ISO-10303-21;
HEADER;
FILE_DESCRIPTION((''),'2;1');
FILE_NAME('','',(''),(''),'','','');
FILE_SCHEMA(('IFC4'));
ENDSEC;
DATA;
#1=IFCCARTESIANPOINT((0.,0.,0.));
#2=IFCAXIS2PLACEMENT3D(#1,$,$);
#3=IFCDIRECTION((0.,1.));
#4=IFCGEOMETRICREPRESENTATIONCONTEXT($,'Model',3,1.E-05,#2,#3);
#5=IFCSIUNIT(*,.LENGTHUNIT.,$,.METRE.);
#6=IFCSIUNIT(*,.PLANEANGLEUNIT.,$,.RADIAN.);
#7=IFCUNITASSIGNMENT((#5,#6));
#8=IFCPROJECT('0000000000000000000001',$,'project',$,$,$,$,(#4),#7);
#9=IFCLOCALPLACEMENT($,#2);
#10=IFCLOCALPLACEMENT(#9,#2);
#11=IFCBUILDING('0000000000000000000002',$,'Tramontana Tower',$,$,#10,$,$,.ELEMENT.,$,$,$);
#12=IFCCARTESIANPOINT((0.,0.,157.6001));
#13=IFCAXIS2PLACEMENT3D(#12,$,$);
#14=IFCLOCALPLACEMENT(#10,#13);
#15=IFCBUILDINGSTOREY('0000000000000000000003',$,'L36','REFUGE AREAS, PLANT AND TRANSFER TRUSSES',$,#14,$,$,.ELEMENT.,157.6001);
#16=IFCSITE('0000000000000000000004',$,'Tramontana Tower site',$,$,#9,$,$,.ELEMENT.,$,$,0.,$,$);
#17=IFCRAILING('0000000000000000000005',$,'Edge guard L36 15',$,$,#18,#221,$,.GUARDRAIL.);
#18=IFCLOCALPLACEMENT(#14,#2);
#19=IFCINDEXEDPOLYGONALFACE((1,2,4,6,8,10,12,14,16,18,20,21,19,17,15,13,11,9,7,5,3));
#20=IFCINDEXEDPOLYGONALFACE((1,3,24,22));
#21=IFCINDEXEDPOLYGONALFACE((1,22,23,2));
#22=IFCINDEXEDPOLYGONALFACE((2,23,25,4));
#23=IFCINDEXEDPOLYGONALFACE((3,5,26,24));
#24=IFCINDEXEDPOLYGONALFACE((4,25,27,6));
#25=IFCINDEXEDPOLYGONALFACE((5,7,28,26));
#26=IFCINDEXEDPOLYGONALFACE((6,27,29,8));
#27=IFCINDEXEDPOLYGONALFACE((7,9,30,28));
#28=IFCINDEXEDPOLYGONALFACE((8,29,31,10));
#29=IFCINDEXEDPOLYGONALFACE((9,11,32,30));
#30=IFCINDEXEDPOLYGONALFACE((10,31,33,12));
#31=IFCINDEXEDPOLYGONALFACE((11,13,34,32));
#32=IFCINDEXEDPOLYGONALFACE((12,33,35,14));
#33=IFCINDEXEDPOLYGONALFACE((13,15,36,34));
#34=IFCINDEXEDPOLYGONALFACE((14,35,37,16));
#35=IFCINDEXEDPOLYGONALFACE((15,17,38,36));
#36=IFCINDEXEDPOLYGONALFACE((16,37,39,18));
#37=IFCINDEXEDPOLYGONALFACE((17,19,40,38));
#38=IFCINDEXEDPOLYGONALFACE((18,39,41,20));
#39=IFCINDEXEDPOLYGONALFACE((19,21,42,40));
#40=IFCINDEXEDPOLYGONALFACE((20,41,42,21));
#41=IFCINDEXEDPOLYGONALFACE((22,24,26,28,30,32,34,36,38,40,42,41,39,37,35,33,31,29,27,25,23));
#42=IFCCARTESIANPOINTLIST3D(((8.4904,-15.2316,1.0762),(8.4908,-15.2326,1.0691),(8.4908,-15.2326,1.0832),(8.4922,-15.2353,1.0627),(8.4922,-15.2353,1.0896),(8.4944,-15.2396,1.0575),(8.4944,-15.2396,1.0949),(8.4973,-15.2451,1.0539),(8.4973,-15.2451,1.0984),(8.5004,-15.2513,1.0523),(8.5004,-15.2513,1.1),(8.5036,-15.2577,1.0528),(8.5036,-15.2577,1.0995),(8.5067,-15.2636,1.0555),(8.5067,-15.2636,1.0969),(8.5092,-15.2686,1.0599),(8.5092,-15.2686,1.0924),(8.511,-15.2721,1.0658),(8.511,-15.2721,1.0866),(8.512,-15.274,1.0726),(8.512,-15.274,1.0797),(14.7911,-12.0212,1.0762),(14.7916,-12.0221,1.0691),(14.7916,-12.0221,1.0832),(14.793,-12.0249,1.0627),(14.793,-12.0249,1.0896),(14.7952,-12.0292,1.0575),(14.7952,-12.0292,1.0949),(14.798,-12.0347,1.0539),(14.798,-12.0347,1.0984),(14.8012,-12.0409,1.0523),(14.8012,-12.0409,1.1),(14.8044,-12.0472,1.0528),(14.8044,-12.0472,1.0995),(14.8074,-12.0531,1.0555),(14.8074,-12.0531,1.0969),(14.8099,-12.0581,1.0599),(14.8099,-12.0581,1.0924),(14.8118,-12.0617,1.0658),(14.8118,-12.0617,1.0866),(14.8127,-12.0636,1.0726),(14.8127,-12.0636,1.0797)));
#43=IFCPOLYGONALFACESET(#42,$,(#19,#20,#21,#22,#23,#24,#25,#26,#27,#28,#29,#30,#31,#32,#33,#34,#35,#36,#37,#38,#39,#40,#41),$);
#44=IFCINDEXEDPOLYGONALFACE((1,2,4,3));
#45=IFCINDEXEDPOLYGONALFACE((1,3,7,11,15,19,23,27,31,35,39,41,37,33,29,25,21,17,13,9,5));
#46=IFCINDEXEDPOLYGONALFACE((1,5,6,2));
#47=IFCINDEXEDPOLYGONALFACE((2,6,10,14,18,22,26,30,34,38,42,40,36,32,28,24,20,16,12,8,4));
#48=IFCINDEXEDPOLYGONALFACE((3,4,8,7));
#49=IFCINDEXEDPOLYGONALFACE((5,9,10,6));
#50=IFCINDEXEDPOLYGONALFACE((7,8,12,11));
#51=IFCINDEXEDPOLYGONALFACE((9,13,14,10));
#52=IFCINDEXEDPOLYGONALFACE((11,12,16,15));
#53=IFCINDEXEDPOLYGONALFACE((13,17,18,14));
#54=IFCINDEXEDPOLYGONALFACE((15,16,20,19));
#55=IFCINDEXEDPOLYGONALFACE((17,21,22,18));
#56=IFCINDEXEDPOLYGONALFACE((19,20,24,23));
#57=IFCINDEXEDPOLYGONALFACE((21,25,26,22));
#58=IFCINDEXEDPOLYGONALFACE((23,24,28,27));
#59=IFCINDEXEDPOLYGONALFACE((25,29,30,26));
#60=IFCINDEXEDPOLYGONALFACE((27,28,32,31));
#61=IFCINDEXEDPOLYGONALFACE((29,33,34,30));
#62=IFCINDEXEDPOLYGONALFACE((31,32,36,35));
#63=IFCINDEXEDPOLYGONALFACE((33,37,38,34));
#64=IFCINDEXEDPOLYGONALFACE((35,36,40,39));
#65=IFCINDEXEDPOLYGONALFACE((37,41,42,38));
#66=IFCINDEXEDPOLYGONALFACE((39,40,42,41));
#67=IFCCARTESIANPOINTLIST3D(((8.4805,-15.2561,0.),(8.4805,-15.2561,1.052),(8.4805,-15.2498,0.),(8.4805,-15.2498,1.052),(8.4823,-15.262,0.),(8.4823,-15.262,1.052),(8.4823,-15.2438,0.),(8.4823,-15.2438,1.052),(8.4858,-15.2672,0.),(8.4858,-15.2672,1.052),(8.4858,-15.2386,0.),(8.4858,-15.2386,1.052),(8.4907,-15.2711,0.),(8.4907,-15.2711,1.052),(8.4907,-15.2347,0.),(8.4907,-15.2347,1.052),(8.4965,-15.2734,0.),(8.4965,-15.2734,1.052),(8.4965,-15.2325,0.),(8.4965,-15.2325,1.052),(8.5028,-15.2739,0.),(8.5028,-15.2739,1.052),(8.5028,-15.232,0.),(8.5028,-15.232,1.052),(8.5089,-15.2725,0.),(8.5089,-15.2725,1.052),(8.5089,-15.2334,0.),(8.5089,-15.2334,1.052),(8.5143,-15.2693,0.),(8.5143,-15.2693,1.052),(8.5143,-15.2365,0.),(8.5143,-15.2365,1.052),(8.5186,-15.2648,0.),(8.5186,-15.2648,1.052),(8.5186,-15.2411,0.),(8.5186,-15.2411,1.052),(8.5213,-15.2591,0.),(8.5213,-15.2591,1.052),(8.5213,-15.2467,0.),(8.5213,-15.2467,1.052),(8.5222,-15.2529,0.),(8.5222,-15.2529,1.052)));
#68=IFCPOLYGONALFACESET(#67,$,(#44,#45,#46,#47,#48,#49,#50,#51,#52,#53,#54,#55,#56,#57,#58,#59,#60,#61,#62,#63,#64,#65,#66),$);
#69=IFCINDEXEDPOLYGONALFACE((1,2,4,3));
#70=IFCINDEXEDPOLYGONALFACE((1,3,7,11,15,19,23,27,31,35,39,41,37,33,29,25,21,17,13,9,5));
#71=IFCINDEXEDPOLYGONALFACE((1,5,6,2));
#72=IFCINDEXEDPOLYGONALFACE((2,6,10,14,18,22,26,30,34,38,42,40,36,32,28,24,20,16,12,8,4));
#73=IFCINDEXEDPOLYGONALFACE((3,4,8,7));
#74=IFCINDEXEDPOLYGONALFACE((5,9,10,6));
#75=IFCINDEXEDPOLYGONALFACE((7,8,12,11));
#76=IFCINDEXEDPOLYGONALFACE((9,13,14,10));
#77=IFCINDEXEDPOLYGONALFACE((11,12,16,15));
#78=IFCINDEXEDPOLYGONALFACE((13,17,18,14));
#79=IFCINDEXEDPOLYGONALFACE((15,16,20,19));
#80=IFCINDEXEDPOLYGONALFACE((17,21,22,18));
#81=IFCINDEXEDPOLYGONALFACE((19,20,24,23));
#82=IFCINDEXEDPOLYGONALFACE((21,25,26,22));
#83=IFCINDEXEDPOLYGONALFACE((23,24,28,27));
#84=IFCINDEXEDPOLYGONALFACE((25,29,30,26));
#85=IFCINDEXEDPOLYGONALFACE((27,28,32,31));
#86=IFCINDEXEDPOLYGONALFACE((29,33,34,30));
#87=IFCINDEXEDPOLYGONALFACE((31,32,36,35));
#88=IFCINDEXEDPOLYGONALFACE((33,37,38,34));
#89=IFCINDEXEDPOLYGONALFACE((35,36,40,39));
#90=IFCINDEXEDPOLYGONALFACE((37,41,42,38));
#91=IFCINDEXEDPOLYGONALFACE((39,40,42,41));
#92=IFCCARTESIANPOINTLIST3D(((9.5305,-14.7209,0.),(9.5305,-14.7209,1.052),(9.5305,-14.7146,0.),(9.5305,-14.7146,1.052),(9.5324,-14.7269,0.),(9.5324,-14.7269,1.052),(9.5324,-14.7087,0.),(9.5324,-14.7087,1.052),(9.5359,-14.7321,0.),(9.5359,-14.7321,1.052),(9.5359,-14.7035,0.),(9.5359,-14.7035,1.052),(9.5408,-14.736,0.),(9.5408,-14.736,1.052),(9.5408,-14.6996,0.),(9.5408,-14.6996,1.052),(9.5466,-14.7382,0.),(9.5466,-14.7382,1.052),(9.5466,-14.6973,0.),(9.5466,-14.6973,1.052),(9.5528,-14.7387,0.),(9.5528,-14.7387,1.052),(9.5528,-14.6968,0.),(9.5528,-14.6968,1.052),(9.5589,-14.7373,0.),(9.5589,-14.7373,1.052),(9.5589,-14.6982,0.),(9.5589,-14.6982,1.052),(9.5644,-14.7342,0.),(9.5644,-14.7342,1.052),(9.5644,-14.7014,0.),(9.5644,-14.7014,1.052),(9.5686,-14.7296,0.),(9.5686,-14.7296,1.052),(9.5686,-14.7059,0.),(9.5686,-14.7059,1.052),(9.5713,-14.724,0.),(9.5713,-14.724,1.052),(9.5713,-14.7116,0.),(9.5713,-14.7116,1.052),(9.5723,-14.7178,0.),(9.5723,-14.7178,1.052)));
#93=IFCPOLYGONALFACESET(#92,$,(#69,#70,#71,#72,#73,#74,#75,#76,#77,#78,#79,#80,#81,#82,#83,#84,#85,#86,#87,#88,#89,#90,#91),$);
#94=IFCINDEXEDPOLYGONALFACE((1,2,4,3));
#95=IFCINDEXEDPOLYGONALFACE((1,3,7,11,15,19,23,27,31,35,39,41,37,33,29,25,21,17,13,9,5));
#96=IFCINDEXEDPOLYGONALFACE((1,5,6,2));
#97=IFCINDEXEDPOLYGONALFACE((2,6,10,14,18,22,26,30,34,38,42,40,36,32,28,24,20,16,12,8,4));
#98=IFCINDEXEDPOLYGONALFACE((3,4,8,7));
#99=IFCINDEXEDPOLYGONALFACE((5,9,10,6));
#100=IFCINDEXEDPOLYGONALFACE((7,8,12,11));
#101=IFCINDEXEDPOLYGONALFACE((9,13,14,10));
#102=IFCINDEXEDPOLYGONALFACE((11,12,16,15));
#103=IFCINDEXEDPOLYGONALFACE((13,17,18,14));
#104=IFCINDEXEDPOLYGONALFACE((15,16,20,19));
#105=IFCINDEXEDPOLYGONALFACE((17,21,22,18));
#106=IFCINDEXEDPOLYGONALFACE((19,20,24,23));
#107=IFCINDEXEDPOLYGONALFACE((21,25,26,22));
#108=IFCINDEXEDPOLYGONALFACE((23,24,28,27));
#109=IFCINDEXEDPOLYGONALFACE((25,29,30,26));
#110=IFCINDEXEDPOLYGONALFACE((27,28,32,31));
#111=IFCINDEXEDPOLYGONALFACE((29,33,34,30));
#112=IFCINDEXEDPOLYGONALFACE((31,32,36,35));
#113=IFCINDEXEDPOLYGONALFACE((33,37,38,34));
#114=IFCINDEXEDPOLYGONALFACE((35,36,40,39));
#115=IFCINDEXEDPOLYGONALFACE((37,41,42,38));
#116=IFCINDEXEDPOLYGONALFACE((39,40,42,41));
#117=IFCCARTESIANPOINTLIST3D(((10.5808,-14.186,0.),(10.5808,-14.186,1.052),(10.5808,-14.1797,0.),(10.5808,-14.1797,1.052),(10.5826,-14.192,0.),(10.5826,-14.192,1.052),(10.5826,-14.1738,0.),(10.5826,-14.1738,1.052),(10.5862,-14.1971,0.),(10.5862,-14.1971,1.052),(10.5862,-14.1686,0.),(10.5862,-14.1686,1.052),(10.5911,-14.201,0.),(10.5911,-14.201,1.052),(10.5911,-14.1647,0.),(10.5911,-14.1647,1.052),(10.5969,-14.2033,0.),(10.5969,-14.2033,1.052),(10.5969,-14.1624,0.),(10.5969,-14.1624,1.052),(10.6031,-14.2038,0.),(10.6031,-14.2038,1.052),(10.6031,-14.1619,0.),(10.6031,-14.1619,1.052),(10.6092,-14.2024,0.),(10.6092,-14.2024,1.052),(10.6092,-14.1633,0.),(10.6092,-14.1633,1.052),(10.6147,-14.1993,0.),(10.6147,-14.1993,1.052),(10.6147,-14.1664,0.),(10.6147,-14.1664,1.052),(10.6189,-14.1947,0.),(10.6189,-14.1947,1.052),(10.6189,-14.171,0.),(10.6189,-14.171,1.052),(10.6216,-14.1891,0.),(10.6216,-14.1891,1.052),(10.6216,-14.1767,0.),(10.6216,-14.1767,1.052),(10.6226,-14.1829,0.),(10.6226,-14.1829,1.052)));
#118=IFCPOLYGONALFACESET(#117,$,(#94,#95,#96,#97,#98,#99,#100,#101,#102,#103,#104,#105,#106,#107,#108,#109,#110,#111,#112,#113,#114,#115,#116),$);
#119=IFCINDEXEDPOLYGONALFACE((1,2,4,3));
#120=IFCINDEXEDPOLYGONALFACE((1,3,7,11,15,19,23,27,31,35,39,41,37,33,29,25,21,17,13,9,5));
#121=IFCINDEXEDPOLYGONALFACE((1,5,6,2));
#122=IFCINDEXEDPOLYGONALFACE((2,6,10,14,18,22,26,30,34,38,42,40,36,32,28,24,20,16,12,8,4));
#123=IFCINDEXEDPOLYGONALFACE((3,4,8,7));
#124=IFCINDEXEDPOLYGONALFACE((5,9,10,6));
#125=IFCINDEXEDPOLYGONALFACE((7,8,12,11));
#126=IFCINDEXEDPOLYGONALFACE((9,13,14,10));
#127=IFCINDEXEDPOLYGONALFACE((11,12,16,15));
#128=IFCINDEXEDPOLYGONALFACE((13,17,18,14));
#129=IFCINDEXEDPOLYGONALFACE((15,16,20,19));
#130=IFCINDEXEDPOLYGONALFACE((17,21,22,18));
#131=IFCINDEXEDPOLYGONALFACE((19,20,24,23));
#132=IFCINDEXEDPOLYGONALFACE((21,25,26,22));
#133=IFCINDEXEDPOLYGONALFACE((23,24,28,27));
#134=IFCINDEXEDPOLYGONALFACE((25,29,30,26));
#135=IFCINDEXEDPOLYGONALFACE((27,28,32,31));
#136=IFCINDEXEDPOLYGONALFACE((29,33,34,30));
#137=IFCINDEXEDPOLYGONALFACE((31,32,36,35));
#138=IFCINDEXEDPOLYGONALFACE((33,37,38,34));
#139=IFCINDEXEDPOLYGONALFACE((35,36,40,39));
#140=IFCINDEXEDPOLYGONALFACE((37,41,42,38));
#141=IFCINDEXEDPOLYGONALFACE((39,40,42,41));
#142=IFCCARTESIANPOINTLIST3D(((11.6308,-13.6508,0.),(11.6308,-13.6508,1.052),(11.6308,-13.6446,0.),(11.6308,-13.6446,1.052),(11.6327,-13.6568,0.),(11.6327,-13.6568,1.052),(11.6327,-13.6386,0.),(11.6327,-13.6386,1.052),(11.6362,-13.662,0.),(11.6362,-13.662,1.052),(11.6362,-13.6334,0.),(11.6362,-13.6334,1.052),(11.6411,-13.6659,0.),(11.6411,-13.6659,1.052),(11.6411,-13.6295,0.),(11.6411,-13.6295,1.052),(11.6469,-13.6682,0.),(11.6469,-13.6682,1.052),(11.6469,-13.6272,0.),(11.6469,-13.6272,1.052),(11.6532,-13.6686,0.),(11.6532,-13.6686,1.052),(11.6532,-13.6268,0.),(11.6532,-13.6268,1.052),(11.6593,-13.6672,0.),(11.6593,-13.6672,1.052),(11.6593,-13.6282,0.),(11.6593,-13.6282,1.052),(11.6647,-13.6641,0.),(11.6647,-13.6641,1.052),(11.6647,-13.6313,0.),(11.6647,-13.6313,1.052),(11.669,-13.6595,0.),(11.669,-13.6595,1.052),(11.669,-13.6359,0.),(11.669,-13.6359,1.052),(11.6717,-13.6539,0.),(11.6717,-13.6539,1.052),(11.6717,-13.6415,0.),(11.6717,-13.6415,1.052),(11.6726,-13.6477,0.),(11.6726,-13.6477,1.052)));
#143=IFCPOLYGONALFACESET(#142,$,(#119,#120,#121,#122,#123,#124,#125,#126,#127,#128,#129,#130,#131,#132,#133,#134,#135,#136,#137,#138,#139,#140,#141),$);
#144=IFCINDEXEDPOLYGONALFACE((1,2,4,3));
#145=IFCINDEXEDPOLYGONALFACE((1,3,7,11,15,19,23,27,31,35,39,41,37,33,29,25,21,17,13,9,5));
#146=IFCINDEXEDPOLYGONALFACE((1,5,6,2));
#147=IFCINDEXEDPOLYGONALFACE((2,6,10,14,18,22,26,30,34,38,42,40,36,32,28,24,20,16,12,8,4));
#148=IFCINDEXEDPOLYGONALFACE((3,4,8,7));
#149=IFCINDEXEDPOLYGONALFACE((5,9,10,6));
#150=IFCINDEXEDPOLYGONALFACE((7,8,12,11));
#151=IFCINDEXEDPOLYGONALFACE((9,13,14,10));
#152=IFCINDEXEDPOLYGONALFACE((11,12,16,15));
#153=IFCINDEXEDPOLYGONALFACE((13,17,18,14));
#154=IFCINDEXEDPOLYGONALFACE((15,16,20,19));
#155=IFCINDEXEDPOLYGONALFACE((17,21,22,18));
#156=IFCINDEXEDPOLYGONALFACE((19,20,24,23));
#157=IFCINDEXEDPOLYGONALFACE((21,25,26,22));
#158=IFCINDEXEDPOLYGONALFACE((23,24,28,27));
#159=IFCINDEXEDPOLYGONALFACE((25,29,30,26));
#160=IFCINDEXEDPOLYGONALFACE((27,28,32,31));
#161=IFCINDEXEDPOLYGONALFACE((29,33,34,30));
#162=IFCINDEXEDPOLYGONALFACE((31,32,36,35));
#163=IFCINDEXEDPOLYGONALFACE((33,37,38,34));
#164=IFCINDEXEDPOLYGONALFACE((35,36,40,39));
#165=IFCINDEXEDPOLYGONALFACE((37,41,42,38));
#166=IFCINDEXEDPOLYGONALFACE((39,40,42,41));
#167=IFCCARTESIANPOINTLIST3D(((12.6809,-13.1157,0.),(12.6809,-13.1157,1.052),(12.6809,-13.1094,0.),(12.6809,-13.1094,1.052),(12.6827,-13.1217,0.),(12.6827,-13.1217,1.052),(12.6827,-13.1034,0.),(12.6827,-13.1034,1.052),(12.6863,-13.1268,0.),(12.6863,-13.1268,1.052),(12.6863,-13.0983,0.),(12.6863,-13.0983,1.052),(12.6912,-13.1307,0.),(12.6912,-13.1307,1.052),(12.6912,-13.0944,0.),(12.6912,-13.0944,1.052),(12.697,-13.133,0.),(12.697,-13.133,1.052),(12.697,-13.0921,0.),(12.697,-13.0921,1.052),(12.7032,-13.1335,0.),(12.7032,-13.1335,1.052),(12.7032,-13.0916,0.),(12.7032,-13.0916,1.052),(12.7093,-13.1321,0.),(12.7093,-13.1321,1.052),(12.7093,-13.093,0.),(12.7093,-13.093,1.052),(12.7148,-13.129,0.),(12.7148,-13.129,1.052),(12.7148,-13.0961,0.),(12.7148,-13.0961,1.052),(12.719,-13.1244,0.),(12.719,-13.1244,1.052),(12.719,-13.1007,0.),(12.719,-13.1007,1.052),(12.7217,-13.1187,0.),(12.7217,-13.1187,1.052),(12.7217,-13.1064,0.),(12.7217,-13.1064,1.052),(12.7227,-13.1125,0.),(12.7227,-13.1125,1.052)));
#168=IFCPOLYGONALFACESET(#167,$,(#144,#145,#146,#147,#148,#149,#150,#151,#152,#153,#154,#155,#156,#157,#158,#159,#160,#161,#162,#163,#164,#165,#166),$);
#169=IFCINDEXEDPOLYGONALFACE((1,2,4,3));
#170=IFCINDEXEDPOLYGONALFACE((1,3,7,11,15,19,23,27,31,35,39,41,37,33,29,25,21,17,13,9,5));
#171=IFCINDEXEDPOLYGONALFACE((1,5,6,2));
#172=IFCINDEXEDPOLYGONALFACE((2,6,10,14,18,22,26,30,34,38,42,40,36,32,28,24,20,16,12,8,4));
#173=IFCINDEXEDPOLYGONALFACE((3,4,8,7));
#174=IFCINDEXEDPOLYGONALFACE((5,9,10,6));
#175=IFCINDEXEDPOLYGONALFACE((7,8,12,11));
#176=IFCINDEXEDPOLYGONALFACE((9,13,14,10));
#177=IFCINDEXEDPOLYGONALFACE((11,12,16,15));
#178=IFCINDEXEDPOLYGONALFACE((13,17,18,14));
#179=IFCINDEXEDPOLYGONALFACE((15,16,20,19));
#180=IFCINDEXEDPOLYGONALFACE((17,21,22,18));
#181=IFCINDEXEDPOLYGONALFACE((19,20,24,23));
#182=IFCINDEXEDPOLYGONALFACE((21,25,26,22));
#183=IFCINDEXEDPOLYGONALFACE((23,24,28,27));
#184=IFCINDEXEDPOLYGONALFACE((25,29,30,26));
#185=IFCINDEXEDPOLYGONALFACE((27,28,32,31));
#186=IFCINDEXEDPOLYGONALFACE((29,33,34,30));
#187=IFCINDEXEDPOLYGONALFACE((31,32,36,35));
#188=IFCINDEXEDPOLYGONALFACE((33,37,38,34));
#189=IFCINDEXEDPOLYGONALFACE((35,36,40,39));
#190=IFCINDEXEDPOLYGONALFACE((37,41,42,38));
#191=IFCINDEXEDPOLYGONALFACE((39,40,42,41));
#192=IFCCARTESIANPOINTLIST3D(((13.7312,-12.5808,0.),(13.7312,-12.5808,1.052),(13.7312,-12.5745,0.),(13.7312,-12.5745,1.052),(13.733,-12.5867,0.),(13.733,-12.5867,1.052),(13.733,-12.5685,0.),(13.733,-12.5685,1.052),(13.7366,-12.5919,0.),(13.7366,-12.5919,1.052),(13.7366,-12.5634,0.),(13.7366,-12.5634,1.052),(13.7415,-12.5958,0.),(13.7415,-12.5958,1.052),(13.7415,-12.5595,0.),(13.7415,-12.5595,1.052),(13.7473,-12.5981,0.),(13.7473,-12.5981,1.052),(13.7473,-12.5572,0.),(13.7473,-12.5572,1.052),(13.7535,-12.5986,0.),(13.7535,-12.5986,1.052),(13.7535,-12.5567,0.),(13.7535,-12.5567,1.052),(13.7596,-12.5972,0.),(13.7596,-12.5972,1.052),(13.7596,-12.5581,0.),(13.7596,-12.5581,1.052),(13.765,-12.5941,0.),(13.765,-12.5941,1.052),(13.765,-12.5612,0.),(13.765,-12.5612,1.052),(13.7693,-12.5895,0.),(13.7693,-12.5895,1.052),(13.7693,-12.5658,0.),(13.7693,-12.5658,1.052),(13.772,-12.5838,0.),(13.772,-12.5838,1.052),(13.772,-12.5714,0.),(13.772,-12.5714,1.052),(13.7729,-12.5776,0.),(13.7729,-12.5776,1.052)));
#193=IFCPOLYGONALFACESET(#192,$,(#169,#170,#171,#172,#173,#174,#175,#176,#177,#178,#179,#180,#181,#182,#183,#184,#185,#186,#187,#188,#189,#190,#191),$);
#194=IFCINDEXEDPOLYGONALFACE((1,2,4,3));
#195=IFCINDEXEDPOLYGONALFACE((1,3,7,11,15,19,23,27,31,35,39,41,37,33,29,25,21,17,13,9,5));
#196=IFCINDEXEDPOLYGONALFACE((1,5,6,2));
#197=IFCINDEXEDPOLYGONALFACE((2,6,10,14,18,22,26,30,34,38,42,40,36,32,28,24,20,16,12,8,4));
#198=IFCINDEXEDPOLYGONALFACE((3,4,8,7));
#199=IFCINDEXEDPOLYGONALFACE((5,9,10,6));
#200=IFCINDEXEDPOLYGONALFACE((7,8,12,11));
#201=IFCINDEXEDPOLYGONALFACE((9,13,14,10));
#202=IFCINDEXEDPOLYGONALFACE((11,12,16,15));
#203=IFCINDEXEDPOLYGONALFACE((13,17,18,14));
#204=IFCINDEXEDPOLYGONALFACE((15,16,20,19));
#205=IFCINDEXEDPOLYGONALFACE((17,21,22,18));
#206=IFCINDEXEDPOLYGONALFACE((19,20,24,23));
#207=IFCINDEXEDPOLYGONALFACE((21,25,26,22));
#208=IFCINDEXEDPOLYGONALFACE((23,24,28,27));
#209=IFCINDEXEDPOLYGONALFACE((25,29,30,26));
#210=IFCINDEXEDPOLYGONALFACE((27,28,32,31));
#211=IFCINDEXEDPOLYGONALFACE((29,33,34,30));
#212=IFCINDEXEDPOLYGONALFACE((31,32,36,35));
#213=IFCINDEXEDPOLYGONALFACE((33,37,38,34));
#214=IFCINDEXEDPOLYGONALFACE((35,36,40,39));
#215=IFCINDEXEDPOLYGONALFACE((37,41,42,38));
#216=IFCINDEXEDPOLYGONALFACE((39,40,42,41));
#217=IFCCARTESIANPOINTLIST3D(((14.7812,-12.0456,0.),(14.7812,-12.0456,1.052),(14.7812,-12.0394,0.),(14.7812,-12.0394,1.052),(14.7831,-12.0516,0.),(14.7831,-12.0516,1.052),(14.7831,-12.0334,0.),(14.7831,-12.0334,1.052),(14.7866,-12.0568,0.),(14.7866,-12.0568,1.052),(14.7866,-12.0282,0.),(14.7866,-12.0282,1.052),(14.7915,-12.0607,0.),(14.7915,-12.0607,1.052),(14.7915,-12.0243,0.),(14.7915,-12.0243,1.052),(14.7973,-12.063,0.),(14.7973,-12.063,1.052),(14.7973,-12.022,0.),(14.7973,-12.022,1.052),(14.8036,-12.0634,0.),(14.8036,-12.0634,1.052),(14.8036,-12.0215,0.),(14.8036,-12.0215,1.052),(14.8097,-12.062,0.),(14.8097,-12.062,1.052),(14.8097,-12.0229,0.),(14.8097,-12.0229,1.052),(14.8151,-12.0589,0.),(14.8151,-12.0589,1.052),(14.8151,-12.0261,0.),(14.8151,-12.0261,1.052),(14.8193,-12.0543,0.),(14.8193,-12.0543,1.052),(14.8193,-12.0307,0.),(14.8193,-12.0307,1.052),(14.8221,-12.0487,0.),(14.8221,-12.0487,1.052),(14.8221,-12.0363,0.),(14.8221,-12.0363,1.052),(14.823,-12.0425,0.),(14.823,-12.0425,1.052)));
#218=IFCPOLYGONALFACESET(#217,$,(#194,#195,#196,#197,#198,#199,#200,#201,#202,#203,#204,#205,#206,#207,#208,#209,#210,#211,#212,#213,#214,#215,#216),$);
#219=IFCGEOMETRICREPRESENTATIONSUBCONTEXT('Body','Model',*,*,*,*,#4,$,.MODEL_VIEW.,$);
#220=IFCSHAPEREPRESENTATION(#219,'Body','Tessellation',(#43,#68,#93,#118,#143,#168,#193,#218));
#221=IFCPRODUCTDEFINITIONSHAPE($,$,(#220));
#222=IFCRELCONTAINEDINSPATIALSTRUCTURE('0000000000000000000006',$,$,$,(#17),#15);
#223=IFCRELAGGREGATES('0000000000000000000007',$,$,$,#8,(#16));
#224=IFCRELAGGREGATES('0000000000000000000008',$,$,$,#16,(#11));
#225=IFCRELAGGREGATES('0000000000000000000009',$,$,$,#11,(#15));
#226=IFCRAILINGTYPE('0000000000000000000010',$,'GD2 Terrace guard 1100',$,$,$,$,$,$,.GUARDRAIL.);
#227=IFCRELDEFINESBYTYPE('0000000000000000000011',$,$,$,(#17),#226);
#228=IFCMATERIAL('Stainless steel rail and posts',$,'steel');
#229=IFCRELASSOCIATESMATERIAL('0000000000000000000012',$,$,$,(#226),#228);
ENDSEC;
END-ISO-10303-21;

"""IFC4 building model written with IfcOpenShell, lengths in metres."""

from ifc_helpers import new_model, si_unit, direction, frame, origin, origin_2d, place, context, subcontext, project, spatial, circle, extrude, material, type_object, element, save


model = new_model("IFC4")

# Units and contexts
model_context = context("Model", 3, precision=1e-05, world=origin(), true_north=direction((0.0, 1.0)))
body_context = subcontext(model_context, "Body", "Model", "MODEL_VIEW")
ifc_project = project(units=[si_unit("LENGTHUNIT", "METRE"), si_unit("PLANEANGLEUNIT", "RADIAN")], contexts=[model_context])

# Site, building, storey
site_placement = place(None, origin())
site = spatial("IfcSite", under=ifc_project, at=site_placement, Name="Tramontana Tower site", CompositionType="ELEMENT", RefElevation=0.0)
building_placement = place(site_placement, origin())
building = spatial("IfcBuilding", under=site, at=building_placement, Name="Tramontana Tower", CompositionType="ELEMENT")
storey_placement = place(building_placement, frame((0.0, 0.0, 157.6001)))
storey = spatial("IfcBuildingStorey", under=building, at=storey_placement, Name="L36", Description="REFUGE AREAS, PLANT AND TRANSFER TRUSSES", CompositionType="ELEMENT", Elevation=157.6001)

# Railing
ifc_material_1 = material(Name="Stainless steel rail and posts", Category="steel")
railing_type_1 = type_object("IfcRailingType", Name="GD2 Terrace guard 1100", PredefinedType="GUARDRAIL", material=ifc_material_1)
railing_placement = place(storey_placement, frame((8.5012, -15.2529, 0.0)))
element("IfcRailing", 1, at=railing_placement, inside=storey, type_object=railing_type_1, Name="Edge guard L36 15", PredefinedType="GUARDRAIL", context=body_context, shape_type="SweptSolid", body=[
    extrude(circle(Radius=0.0239, at=origin_2d()), frame((0.0, 0.0, 1.0762), z_axis=(0.891004, 0.453995, 0.0), x_axis=(-0.453995, 0.891004, 0.0)), (0.0, 0.0, 1.0), 7.0715),
    extrude(circle(Radius=0.021, at=origin_2d()), origin(), (0.0, 0.0, 1.0), 1.052),
    extrude(circle(Radius=0.021, at=origin_2d()), frame((1.05, 0.5352, 0.0)), (0.0, 0.0, 1.0), 1.052),
    extrude(circle(Radius=0.021, at=origin_2d()), frame((2.1003, 1.0701, 0.0)), (0.0, 0.0, 1.0), 1.052),
    extrude(circle(Radius=0.021, at=origin_2d()), frame((3.1504, 1.6052, 0.0)), (0.0, 0.0, 1.0), 1.052),
    extrude(circle(Radius=0.021, at=origin_2d()), frame((4.2004, 2.1404, 0.0)), (0.0, 0.0, 1.0), 1.052),
    extrude(circle(Radius=0.021, at=origin_2d()), frame((5.2507, 2.6753, 0.0)), (0.0, 0.0, 1.0), 1.052),
    extrude(circle(Radius=0.021, at=origin_2d()), frame((6.3008, 3.2104, 0.0)), (0.0, 0.0, 1.0), 1.052),
])

save(model, "model.ifc")
